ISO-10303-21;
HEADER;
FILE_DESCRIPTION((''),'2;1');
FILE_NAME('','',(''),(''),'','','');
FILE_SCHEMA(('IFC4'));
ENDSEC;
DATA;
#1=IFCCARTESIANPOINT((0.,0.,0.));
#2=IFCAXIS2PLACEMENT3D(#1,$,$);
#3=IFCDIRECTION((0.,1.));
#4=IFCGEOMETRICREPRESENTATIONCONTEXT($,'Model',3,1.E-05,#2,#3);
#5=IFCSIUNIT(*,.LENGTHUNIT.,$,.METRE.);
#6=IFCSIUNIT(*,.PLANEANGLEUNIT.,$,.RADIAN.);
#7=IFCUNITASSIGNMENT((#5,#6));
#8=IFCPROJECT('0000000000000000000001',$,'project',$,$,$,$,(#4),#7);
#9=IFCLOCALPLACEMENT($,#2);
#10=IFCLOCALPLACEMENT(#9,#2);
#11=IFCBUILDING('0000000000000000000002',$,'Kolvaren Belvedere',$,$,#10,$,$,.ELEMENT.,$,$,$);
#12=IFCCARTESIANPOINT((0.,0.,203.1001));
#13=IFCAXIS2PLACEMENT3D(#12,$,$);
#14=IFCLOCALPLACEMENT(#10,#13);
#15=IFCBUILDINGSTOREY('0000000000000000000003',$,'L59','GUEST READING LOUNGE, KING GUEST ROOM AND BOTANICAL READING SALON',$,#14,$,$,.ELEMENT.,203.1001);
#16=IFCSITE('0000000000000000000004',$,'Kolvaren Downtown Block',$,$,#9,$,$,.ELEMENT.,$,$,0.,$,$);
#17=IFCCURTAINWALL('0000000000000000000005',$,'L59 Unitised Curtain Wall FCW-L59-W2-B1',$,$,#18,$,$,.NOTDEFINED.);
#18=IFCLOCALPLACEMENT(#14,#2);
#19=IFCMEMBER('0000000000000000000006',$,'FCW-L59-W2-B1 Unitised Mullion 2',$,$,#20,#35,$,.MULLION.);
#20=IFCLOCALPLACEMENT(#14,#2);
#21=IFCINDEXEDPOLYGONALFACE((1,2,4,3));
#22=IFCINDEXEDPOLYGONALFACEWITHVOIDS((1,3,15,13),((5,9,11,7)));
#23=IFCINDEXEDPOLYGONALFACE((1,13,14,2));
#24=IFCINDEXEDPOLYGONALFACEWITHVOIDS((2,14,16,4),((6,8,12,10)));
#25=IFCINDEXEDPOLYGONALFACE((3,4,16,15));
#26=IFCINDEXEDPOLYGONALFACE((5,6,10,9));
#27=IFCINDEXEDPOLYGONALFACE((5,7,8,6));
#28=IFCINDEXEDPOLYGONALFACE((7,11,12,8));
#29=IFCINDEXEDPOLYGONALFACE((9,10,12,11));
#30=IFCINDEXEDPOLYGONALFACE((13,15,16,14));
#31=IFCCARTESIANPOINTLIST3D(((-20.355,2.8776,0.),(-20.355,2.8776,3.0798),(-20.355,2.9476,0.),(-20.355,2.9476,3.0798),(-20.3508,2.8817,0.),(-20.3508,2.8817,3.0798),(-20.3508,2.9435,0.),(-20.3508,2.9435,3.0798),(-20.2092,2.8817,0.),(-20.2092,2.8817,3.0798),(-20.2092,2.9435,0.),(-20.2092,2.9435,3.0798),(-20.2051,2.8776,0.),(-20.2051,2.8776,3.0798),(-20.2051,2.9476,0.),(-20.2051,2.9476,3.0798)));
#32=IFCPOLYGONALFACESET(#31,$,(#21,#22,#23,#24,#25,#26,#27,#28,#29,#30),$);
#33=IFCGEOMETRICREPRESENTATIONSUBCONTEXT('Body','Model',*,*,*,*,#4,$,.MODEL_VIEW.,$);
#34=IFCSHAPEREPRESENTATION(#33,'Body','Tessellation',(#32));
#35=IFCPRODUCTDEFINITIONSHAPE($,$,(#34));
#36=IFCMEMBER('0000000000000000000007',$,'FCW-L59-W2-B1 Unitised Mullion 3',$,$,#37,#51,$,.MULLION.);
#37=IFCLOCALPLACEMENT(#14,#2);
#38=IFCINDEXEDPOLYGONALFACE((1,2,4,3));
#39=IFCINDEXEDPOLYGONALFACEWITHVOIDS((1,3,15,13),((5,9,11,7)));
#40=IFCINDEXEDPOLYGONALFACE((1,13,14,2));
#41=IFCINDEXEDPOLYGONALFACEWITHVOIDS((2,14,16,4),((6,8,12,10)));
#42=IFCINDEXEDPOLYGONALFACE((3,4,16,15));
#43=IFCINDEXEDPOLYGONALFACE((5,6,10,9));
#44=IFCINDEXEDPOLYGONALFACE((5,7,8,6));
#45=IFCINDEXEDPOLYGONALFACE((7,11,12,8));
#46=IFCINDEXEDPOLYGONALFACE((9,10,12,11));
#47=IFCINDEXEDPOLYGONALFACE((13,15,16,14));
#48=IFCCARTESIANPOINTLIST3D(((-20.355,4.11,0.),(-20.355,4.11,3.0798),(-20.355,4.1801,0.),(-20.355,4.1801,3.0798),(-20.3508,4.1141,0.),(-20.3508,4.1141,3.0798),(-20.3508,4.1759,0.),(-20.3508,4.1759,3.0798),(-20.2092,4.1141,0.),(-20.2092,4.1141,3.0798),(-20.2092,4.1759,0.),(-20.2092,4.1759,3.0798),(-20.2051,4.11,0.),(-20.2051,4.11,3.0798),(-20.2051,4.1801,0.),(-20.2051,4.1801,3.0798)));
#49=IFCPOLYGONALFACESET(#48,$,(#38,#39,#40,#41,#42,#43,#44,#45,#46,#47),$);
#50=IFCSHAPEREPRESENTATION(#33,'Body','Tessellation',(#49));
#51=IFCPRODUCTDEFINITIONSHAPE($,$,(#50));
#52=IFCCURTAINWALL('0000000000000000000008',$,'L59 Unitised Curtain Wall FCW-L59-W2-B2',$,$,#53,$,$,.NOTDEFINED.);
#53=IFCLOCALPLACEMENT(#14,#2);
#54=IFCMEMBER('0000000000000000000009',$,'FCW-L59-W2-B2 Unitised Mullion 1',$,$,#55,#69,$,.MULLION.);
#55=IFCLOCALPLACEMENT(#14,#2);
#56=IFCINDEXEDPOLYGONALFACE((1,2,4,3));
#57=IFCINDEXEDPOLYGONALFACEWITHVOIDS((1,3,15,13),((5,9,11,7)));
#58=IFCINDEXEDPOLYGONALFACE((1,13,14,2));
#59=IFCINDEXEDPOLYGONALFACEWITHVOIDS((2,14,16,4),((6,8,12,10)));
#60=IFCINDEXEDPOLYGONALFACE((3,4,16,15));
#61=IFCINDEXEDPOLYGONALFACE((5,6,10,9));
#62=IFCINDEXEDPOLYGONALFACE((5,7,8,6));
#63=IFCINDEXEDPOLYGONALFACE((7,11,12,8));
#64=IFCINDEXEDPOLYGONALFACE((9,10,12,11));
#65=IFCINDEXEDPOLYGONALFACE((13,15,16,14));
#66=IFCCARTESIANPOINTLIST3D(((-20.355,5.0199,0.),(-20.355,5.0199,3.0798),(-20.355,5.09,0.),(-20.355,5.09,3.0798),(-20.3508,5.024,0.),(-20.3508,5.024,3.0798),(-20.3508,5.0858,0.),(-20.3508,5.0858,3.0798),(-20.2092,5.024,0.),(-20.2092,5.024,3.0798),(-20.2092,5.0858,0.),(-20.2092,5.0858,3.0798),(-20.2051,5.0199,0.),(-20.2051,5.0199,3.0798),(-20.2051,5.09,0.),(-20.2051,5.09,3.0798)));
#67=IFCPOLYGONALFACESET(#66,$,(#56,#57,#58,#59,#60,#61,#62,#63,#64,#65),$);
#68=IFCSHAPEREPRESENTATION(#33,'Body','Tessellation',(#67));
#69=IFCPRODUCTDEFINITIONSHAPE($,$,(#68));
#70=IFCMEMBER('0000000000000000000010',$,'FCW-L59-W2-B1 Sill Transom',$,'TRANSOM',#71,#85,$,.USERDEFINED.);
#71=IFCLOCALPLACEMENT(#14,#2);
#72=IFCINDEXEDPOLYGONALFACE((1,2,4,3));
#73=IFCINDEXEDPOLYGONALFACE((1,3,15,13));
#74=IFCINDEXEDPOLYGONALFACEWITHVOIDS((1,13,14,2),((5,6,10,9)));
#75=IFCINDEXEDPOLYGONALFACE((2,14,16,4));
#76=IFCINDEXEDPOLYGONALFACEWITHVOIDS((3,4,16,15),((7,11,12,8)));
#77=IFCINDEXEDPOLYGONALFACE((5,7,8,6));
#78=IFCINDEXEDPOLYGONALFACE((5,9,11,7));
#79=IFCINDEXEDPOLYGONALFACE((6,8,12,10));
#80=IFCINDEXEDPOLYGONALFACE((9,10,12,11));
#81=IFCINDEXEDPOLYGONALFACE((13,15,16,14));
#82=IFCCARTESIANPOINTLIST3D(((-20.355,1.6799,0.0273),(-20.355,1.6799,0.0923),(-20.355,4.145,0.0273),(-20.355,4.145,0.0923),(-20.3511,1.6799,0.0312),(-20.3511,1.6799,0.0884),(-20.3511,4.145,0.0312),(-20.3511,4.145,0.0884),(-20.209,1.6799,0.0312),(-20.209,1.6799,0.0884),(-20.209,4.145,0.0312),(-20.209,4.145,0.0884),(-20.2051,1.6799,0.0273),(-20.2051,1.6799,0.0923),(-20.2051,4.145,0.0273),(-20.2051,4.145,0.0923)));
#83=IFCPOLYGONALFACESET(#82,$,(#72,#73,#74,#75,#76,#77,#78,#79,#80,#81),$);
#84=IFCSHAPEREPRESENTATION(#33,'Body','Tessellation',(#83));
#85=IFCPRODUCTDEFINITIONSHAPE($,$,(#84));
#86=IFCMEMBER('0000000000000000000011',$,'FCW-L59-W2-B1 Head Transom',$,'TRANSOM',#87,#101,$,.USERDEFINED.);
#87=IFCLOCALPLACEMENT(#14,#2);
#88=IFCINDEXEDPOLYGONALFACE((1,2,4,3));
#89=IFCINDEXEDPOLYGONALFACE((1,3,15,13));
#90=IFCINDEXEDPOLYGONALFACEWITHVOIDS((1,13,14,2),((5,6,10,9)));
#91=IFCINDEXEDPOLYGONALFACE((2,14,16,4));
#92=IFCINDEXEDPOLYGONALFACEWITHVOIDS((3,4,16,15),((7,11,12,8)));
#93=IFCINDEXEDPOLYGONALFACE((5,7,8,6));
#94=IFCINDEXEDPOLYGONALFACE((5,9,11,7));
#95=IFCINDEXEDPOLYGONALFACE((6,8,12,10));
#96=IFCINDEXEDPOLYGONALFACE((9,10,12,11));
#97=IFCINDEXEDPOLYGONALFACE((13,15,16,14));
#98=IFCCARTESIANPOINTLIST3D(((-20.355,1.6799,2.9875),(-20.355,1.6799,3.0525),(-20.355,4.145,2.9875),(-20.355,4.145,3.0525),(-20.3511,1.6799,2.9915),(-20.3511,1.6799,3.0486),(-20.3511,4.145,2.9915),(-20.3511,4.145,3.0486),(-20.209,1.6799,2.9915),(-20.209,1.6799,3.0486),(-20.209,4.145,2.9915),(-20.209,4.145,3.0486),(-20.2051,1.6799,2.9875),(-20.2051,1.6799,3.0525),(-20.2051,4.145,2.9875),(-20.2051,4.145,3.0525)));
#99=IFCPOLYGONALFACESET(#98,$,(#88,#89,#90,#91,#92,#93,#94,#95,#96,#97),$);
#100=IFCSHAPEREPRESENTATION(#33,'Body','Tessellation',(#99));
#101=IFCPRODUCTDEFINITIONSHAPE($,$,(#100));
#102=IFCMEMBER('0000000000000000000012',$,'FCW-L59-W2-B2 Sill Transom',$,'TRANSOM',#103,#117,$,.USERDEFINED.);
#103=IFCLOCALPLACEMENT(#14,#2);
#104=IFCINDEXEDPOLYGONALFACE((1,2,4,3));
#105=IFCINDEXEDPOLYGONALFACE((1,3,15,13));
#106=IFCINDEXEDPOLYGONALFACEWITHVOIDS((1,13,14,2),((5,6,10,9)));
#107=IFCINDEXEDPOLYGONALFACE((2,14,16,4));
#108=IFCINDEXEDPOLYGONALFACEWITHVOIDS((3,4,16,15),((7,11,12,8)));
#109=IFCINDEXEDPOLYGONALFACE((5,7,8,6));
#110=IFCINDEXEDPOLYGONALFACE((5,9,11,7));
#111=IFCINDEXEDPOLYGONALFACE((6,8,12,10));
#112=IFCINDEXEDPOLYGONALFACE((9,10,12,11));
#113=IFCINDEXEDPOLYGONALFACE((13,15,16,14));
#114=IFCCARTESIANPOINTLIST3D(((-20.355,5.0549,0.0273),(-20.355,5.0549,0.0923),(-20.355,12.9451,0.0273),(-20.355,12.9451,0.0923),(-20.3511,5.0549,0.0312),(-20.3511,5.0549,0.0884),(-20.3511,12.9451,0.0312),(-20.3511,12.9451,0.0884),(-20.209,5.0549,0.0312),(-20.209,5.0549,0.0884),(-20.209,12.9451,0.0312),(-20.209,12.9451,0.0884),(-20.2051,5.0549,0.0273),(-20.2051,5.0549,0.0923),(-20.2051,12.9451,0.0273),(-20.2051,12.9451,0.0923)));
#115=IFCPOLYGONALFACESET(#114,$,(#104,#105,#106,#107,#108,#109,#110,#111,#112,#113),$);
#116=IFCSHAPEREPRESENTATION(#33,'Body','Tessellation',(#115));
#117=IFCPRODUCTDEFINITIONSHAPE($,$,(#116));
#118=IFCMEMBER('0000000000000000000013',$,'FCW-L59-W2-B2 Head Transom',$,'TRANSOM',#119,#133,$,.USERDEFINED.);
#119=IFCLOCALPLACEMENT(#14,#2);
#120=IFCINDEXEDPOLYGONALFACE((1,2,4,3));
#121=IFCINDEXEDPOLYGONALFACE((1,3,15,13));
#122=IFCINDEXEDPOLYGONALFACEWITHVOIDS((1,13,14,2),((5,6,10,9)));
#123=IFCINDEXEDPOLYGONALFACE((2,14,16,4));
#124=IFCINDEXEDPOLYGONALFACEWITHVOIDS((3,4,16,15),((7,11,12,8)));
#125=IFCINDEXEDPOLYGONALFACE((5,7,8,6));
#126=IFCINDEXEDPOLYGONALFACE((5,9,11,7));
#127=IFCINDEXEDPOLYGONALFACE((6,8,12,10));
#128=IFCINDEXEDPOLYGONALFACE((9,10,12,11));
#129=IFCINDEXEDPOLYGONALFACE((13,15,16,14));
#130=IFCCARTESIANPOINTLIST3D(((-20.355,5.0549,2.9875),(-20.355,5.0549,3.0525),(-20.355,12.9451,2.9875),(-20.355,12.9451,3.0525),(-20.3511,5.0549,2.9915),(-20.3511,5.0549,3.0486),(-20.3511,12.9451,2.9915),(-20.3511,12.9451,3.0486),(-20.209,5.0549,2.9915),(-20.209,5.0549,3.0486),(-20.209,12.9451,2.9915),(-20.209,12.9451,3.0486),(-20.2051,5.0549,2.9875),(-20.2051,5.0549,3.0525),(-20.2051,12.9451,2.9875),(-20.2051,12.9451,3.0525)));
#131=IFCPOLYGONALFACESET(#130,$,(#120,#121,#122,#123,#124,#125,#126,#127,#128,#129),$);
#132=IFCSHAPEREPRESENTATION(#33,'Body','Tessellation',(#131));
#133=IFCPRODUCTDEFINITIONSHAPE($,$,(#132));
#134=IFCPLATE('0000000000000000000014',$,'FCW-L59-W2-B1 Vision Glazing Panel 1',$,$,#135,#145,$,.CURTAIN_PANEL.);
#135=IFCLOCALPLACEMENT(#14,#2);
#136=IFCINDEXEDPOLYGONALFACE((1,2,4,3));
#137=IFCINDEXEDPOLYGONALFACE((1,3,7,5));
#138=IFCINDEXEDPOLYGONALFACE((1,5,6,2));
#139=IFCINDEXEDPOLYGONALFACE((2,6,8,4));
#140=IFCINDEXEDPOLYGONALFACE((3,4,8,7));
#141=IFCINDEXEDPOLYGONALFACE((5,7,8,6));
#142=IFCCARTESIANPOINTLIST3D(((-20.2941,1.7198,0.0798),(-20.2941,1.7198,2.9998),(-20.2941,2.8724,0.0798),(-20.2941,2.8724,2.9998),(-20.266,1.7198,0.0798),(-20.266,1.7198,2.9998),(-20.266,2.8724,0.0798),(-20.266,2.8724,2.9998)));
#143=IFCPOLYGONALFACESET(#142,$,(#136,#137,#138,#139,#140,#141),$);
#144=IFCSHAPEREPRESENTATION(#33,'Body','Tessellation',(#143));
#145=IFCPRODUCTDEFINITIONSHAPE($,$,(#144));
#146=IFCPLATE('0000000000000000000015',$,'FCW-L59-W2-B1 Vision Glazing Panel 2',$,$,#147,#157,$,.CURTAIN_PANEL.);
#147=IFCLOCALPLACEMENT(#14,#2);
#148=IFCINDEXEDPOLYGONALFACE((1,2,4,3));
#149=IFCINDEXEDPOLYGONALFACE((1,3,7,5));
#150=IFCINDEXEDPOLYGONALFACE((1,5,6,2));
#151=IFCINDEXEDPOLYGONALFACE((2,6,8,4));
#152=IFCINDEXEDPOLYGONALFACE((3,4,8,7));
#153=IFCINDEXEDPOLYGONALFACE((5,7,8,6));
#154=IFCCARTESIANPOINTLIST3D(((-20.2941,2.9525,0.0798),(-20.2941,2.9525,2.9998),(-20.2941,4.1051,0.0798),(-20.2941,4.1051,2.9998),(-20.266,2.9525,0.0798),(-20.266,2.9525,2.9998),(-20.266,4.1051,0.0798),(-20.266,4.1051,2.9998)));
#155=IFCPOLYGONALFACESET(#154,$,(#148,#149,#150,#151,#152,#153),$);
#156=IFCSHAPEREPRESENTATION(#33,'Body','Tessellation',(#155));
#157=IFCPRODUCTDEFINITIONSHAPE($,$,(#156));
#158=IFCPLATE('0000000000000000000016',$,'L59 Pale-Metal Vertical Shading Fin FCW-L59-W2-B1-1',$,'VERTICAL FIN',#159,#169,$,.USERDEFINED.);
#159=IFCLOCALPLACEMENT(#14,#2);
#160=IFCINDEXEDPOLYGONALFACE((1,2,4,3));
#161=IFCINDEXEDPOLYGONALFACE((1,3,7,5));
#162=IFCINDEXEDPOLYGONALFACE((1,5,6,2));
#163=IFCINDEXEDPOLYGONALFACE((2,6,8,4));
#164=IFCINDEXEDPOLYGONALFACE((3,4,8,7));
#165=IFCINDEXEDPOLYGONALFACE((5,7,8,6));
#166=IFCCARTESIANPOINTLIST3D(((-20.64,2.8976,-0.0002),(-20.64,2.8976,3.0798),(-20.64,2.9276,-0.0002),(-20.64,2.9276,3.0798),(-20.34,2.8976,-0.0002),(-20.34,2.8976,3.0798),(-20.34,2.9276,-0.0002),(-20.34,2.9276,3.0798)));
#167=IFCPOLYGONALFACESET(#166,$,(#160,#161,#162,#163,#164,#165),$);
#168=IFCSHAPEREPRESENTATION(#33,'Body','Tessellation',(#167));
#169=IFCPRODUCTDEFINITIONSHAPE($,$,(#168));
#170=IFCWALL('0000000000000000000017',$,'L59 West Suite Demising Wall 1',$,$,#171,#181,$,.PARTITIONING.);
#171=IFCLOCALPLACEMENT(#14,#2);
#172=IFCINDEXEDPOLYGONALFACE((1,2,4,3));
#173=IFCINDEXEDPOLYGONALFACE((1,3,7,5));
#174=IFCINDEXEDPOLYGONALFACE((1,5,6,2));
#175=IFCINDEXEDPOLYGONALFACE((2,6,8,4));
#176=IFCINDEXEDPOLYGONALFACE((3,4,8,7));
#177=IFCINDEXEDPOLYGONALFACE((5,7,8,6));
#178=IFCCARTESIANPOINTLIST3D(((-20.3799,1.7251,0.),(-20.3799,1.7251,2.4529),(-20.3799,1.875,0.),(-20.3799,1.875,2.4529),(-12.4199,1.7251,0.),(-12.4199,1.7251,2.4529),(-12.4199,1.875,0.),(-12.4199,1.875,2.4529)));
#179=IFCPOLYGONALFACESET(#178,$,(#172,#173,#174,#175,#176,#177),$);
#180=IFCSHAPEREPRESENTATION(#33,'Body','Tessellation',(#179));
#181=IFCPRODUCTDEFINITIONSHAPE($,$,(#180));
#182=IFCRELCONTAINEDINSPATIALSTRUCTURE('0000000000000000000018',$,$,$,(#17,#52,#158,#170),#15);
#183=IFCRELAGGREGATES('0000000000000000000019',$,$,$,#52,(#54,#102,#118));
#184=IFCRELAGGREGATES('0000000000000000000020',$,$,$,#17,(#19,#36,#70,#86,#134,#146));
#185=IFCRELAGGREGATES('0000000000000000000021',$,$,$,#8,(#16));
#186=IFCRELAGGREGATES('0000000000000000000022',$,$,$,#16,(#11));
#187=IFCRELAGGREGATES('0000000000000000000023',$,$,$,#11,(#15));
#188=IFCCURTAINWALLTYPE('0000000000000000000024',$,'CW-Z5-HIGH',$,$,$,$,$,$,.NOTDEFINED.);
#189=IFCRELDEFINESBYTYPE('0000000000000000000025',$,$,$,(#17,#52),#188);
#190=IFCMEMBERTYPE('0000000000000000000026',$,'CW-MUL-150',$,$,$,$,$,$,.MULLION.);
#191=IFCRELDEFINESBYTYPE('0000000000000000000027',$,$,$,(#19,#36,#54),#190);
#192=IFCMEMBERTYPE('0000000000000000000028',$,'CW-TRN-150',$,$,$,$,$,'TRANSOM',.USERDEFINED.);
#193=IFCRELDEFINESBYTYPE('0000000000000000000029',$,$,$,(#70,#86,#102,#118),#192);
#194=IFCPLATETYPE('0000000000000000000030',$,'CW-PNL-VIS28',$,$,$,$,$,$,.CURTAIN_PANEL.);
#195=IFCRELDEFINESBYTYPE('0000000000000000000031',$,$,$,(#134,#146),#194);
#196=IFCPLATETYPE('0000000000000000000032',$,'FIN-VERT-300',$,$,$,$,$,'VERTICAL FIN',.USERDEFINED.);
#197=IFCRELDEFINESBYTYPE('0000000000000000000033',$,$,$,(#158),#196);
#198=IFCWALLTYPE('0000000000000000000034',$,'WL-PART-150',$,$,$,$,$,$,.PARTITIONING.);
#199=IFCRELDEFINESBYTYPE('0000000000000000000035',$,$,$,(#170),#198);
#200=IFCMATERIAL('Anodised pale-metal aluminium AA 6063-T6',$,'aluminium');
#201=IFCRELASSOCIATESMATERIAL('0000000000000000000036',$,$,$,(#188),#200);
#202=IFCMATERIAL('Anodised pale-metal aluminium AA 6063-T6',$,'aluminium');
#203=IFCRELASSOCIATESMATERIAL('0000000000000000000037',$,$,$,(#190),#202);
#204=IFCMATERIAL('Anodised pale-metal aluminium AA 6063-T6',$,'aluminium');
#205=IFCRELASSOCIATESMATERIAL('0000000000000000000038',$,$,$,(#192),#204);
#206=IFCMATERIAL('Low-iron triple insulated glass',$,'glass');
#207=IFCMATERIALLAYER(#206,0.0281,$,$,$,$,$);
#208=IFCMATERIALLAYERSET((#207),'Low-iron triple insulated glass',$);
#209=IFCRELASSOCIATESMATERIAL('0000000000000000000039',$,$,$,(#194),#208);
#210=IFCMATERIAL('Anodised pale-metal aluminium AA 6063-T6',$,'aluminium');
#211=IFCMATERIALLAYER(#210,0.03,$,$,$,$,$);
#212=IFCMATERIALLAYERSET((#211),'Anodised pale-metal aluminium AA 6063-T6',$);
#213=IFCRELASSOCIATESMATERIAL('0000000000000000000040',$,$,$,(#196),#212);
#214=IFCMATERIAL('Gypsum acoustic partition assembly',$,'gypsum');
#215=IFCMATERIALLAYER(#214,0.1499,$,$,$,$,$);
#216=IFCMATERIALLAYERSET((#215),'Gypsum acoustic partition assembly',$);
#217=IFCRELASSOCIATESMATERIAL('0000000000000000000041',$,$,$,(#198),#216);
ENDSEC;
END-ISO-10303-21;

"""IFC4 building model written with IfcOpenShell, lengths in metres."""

from ifc_helpers import new_model, si_unit, direction, frame, frame_2d, origin, origin_2d, place, context, subcontext, project, spatial, rectangle, hollow_rectangle, extrude, material, layer, layer_set, material_profile, profile_set, type_object, element, aggregate, save


model = new_model("IFC4")

# Units and contexts
model_context = context("Model", 3, precision=1e-05, world=origin(), true_north=direction((0.0, 1.0)))
body_context = subcontext(model_context, "Body", "Model", "MODEL_VIEW")
ifc_project = project(units=[si_unit("LENGTHUNIT", "METRE"), si_unit("PLANEANGLEUNIT", "RADIAN")], contexts=[model_context])

# Site, building, storey
site_placement = place(None, origin())
site = spatial("IfcSite", under=ifc_project, at=site_placement, Name="Kolvaren Downtown Block", CompositionType="ELEMENT", RefElevation=0.0)
building_placement = place(site_placement, origin())
building = spatial("IfcBuilding", under=site, at=building_placement, Name="Kolvaren Belvedere", CompositionType="ELEMENT")
storey_placement = place(building_placement, frame((0.0, 0.0, 203.1001)))
storey = spatial("IfcBuildingStorey", under=building, at=storey_placement, Name="L59", Description="GUEST READING LOUNGE, KING GUEST ROOM AND BOTANICAL READING SALON", CompositionType="ELEMENT", Elevation=203.1001)

# Curtain wall, members
ifc_material_1 = material(Name="Anodised pale-metal aluminium AA 6063-T6", Category="aluminium")
curtain_wall_type = type_object("IfcCurtainWallType", Name="CW-Z5-HIGH", PredefinedType="NOTDEFINED", material=ifc_material_1)
curtain_wall_1_placement = place(storey_placement, origin())
curtain_wall_1 = element("IfcCurtainWall", 1, at=curtain_wall_1_placement, inside=storey, type_object=curtain_wall_type, Name="L59 Unitised Curtain Wall FCW-L59-W2-B1", PredefinedType="NOTDEFINED")
ifc_material_2 = material(Name="Anodised pale-metal aluminium AA 6063-T6", Category="aluminium")
ifc_material_profile_1 = material_profile(ifc_material_2, hollow_rectangle(XDim=0.0701, YDim=0.1499, WallThickness=0.0042, at=origin_2d()), Name="ALU-MUL-150X70")
ifc_profile_set_1 = profile_set([ifc_material_profile_1], Name="Anodised pale-metal aluminium AA 6063-T6")
member_type_1 = type_object("IfcMemberType", Name="CW-MUL-150", PredefinedType="MULLION", material=ifc_profile_set_1)
member_1_placement = place(storey_placement, frame((-20.28, 2.9126, 0.0), z_axis=(0.0, 0.0, 1.0), x_axis=(0.0, 1.0, 0.0)))
member_1 = element("IfcMember", 2, at=member_1_placement, type_object=member_type_1, Name="FCW-L59-W2-B1 Unitised Mullion 2", PredefinedType="MULLION", context=body_context, shape_type="SweptSolid", body=[
    extrude(hollow_rectangle(XDim=0.0701, YDim=0.1499, WallThickness=0.0042, at=origin_2d()), origin(), (0.0, 0.0, 1.0), 3.0798),
])
member_2_placement = place(storey_placement, frame((-20.28, 4.145, 0.0), z_axis=(0.0, 0.0, 1.0), x_axis=(0.0, 1.0, 0.0)))
member_2 = element("IfcMember", 3, at=member_2_placement, type_object=member_type_1, Name="FCW-L59-W2-B1 Unitised Mullion 3", PredefinedType="MULLION", context=body_context, shape_type="SweptSolid", body=[
    extrude(hollow_rectangle(XDim=0.0701, YDim=0.1499, WallThickness=0.0042, at=origin_2d()), origin(), (0.0, 0.0, 1.0), 3.0798),
])

# Curtain wall, member
curtain_wall_2_placement = place(storey_placement, origin())
curtain_wall_2 = element("IfcCurtainWall", 4, at=curtain_wall_2_placement, inside=storey, type_object=curtain_wall_type, Name="L59 Unitised Curtain Wall FCW-L59-W2-B2", PredefinedType="NOTDEFINED")
member_3_placement = place(storey_placement, frame((-20.28, 5.0549, 0.0), z_axis=(0.0, 0.0, 1.0), x_axis=(0.0, 1.0, 0.0)))
member_3 = element("IfcMember", 5, at=member_3_placement, type_object=member_type_1, Name="FCW-L59-W2-B2 Unitised Mullion 1", PredefinedType="MULLION", context=body_context, shape_type="SweptSolid", body=[
    extrude(hollow_rectangle(XDim=0.0701, YDim=0.1499, WallThickness=0.0042, at=origin_2d()), origin(), (0.0, 0.0, 1.0), 3.0798),
])

# Members
ifc_material_3 = material(Name="Anodised pale-metal aluminium AA 6063-T6", Category="aluminium")
ifc_material_profile_2 = material_profile(ifc_material_3, hollow_rectangle(XDim=0.0649, YDim=0.1499, WallThickness=0.0039, at=origin_2d()), Name="ALU-TRN-150X65")
ifc_profile_set_2 = profile_set([ifc_material_profile_2], Name="Anodised pale-metal aluminium AA 6063-T6")
member_type_2 = type_object("IfcMemberType", Name="CW-TRN-150", ElementType="TRANSOM", PredefinedType="USERDEFINED", material=ifc_profile_set_2)
member_4_placement = place(storey_placement, frame((-20.28, 1.6799, 0.0598), z_axis=(0.0, 1.0, 0.0), x_axis=(0.0, 0.0, 1.0)))
member_4 = element("IfcMember", 6, at=member_4_placement, type_object=member_type_2, Name="FCW-L59-W2-B1 Sill Transom", ObjectType="TRANSOM", PredefinedType="USERDEFINED", context=body_context, shape_type="SweptSolid", body=[
    extrude(hollow_rectangle(XDim=0.0649, YDim=0.1499, WallThickness=0.0039, at=origin_2d()), origin(), (0.0, 0.0, 1.0), 2.4651),
])
member_5_placement = place(storey_placement, frame((-20.28, 1.6799, 3.02), z_axis=(0.0, 1.0, 0.0), x_axis=(0.0, 0.0, 1.0)))
member_5 = element("IfcMember", 7, at=member_5_placement, type_object=member_type_2, Name="FCW-L59-W2-B1 Head Transom", ObjectType="TRANSOM", PredefinedType="USERDEFINED", context=body_context, shape_type="SweptSolid", body=[
    extrude(hollow_rectangle(XDim=0.0649, YDim=0.1499, WallThickness=0.0039, at=origin_2d()), origin(), (0.0, 0.0, 1.0), 2.4651),
])
member_6_placement = place(storey_placement, frame((-20.28, 5.0549, 0.0598), z_axis=(0.0, 1.0, 0.0), x_axis=(0.0, 0.0, 1.0)))
member_6 = element("IfcMember", 8, at=member_6_placement, type_object=member_type_2, Name="FCW-L59-W2-B2 Sill Transom", ObjectType="TRANSOM", PredefinedType="USERDEFINED", context=body_context, shape_type="SweptSolid", body=[
    extrude(hollow_rectangle(XDim=0.0649, YDim=0.1499, WallThickness=0.0039, at=origin_2d()), origin(), (0.0, 0.0, 1.0), 7.8901),
])
member_7_placement = place(storey_placement, frame((-20.28, 5.0549, 3.02), z_axis=(0.0, 1.0, 0.0), x_axis=(0.0, 0.0, 1.0)))
member_7 = element("IfcMember", 9, at=member_7_placement, type_object=member_type_2, Name="FCW-L59-W2-B2 Head Transom", ObjectType="TRANSOM", PredefinedType="USERDEFINED", context=body_context, shape_type="SweptSolid", body=[
    extrude(hollow_rectangle(XDim=0.0649, YDim=0.1499, WallThickness=0.0039, at=origin_2d()), origin(), (0.0, 0.0, 1.0), 7.8901),
])
aggregate(curtain_wall_2, [member_3, member_6, member_7])

# Plates
ifc_material_4 = material(Name="Low-iron triple insulated glass", Category="glass")
ifc_layer_1 = layer(ifc_material_4, 0.0281)
ifc_layer_set_1 = layer_set([ifc_layer_1], Name="Low-iron triple insulated glass")
plate_type_1 = type_object("IfcPlateType", Name="CW-PNL-VIS28", PredefinedType="CURTAIN_PANEL", material=ifc_layer_set_1)
plate_1_placement = place(storey_placement, frame((-20.28, 2.2961, 0.0798), z_axis=(0.0, 0.0, 1.0), x_axis=(0.0, 1.0, 0.0)))
plate_1 = element("IfcPlate", 10, at=plate_1_placement, type_object=plate_type_1, Name="FCW-L59-W2-B1 Vision Glazing Panel 1", PredefinedType="CURTAIN_PANEL", context=body_context, shape_type="SweptSolid", body=[
    extrude(rectangle(XDim=1.1526, YDim=0.0281, at=origin_2d()), origin(), (0.0, 0.0, 1.0), 2.9199),
])
plate_2_placement = place(storey_placement, frame((-20.28, 3.5288, 0.0798), z_axis=(0.0, 0.0, 1.0), x_axis=(0.0, 1.0, 0.0)))
plate_2 = element("IfcPlate", 11, at=plate_2_placement, type_object=plate_type_1, Name="FCW-L59-W2-B1 Vision Glazing Panel 2", PredefinedType="CURTAIN_PANEL", context=body_context, shape_type="SweptSolid", body=[
    extrude(rectangle(XDim=1.1526, YDim=0.0281, at=origin_2d()), origin(), (0.0, 0.0, 1.0), 2.9199),
])
aggregate(curtain_wall_1, [member_1, member_2, member_4, member_5, plate_1, plate_2])
ifc_material_5 = material(Name="Anodised pale-metal aluminium AA 6063-T6", Category="aluminium")
ifc_layer_2 = layer(ifc_material_5, 0.03)
ifc_layer_set_2 = layer_set([ifc_layer_2], Name="Anodised pale-metal aluminium AA 6063-T6")
plate_type_2 = type_object("IfcPlateType", Name="FIN-VERT-300", ElementType="VERTICAL FIN", PredefinedType="USERDEFINED", material=ifc_layer_set_2)
plate_3_placement = place(storey_placement, frame((-20.49, 2.9126, -0.0002), z_axis=(0.0, 0.0, 1.0), x_axis=(1.0, 0.0, 0.0)))
element("IfcPlate", 12, at=plate_3_placement, inside=storey, type_object=plate_type_2, Name="L59 Pale-Metal Vertical Shading Fin FCW-L59-W2-B1-1", ObjectType="VERTICAL FIN", PredefinedType="USERDEFINED", context=body_context, shape_type="SweptSolid", body=[
    extrude(rectangle(XDim=0.3, YDim=0.03, at=origin_2d()), origin(), (0.0, 0.0, 1.0), 3.0801),
])

# Wall
ifc_material_6 = material(Name="Gypsum acoustic partition assembly", Category="gypsum")
ifc_layer_3 = layer(ifc_material_6, 0.1499)
ifc_layer_set_3 = layer_set([ifc_layer_3], Name="Gypsum acoustic partition assembly")
wall_type_1 = type_object("IfcWallType", Name="WL-PART-150", PredefinedType="PARTITIONING", material=ifc_layer_set_3)
wall_1_placement = place(storey_placement, frame((-20.3799, 1.8, 0.0), z_axis=(0.0, 0.0, 1.0), x_axis=(1.0, 0.0, 0.0)))
element("IfcWall", 13, at=wall_1_placement, inside=storey, type_object=wall_type_1, Name="L59 West Suite Demising Wall 1", PredefinedType="PARTITIONING", context=body_context, shape_type="SweptSolid", body=[
    extrude(rectangle(XDim=7.96, YDim=0.1499, at=frame_2d((3.98, 0.0))), origin(), (0.0, 0.0, 1.0), 2.4529),
])

save(model, "model.ifc")
